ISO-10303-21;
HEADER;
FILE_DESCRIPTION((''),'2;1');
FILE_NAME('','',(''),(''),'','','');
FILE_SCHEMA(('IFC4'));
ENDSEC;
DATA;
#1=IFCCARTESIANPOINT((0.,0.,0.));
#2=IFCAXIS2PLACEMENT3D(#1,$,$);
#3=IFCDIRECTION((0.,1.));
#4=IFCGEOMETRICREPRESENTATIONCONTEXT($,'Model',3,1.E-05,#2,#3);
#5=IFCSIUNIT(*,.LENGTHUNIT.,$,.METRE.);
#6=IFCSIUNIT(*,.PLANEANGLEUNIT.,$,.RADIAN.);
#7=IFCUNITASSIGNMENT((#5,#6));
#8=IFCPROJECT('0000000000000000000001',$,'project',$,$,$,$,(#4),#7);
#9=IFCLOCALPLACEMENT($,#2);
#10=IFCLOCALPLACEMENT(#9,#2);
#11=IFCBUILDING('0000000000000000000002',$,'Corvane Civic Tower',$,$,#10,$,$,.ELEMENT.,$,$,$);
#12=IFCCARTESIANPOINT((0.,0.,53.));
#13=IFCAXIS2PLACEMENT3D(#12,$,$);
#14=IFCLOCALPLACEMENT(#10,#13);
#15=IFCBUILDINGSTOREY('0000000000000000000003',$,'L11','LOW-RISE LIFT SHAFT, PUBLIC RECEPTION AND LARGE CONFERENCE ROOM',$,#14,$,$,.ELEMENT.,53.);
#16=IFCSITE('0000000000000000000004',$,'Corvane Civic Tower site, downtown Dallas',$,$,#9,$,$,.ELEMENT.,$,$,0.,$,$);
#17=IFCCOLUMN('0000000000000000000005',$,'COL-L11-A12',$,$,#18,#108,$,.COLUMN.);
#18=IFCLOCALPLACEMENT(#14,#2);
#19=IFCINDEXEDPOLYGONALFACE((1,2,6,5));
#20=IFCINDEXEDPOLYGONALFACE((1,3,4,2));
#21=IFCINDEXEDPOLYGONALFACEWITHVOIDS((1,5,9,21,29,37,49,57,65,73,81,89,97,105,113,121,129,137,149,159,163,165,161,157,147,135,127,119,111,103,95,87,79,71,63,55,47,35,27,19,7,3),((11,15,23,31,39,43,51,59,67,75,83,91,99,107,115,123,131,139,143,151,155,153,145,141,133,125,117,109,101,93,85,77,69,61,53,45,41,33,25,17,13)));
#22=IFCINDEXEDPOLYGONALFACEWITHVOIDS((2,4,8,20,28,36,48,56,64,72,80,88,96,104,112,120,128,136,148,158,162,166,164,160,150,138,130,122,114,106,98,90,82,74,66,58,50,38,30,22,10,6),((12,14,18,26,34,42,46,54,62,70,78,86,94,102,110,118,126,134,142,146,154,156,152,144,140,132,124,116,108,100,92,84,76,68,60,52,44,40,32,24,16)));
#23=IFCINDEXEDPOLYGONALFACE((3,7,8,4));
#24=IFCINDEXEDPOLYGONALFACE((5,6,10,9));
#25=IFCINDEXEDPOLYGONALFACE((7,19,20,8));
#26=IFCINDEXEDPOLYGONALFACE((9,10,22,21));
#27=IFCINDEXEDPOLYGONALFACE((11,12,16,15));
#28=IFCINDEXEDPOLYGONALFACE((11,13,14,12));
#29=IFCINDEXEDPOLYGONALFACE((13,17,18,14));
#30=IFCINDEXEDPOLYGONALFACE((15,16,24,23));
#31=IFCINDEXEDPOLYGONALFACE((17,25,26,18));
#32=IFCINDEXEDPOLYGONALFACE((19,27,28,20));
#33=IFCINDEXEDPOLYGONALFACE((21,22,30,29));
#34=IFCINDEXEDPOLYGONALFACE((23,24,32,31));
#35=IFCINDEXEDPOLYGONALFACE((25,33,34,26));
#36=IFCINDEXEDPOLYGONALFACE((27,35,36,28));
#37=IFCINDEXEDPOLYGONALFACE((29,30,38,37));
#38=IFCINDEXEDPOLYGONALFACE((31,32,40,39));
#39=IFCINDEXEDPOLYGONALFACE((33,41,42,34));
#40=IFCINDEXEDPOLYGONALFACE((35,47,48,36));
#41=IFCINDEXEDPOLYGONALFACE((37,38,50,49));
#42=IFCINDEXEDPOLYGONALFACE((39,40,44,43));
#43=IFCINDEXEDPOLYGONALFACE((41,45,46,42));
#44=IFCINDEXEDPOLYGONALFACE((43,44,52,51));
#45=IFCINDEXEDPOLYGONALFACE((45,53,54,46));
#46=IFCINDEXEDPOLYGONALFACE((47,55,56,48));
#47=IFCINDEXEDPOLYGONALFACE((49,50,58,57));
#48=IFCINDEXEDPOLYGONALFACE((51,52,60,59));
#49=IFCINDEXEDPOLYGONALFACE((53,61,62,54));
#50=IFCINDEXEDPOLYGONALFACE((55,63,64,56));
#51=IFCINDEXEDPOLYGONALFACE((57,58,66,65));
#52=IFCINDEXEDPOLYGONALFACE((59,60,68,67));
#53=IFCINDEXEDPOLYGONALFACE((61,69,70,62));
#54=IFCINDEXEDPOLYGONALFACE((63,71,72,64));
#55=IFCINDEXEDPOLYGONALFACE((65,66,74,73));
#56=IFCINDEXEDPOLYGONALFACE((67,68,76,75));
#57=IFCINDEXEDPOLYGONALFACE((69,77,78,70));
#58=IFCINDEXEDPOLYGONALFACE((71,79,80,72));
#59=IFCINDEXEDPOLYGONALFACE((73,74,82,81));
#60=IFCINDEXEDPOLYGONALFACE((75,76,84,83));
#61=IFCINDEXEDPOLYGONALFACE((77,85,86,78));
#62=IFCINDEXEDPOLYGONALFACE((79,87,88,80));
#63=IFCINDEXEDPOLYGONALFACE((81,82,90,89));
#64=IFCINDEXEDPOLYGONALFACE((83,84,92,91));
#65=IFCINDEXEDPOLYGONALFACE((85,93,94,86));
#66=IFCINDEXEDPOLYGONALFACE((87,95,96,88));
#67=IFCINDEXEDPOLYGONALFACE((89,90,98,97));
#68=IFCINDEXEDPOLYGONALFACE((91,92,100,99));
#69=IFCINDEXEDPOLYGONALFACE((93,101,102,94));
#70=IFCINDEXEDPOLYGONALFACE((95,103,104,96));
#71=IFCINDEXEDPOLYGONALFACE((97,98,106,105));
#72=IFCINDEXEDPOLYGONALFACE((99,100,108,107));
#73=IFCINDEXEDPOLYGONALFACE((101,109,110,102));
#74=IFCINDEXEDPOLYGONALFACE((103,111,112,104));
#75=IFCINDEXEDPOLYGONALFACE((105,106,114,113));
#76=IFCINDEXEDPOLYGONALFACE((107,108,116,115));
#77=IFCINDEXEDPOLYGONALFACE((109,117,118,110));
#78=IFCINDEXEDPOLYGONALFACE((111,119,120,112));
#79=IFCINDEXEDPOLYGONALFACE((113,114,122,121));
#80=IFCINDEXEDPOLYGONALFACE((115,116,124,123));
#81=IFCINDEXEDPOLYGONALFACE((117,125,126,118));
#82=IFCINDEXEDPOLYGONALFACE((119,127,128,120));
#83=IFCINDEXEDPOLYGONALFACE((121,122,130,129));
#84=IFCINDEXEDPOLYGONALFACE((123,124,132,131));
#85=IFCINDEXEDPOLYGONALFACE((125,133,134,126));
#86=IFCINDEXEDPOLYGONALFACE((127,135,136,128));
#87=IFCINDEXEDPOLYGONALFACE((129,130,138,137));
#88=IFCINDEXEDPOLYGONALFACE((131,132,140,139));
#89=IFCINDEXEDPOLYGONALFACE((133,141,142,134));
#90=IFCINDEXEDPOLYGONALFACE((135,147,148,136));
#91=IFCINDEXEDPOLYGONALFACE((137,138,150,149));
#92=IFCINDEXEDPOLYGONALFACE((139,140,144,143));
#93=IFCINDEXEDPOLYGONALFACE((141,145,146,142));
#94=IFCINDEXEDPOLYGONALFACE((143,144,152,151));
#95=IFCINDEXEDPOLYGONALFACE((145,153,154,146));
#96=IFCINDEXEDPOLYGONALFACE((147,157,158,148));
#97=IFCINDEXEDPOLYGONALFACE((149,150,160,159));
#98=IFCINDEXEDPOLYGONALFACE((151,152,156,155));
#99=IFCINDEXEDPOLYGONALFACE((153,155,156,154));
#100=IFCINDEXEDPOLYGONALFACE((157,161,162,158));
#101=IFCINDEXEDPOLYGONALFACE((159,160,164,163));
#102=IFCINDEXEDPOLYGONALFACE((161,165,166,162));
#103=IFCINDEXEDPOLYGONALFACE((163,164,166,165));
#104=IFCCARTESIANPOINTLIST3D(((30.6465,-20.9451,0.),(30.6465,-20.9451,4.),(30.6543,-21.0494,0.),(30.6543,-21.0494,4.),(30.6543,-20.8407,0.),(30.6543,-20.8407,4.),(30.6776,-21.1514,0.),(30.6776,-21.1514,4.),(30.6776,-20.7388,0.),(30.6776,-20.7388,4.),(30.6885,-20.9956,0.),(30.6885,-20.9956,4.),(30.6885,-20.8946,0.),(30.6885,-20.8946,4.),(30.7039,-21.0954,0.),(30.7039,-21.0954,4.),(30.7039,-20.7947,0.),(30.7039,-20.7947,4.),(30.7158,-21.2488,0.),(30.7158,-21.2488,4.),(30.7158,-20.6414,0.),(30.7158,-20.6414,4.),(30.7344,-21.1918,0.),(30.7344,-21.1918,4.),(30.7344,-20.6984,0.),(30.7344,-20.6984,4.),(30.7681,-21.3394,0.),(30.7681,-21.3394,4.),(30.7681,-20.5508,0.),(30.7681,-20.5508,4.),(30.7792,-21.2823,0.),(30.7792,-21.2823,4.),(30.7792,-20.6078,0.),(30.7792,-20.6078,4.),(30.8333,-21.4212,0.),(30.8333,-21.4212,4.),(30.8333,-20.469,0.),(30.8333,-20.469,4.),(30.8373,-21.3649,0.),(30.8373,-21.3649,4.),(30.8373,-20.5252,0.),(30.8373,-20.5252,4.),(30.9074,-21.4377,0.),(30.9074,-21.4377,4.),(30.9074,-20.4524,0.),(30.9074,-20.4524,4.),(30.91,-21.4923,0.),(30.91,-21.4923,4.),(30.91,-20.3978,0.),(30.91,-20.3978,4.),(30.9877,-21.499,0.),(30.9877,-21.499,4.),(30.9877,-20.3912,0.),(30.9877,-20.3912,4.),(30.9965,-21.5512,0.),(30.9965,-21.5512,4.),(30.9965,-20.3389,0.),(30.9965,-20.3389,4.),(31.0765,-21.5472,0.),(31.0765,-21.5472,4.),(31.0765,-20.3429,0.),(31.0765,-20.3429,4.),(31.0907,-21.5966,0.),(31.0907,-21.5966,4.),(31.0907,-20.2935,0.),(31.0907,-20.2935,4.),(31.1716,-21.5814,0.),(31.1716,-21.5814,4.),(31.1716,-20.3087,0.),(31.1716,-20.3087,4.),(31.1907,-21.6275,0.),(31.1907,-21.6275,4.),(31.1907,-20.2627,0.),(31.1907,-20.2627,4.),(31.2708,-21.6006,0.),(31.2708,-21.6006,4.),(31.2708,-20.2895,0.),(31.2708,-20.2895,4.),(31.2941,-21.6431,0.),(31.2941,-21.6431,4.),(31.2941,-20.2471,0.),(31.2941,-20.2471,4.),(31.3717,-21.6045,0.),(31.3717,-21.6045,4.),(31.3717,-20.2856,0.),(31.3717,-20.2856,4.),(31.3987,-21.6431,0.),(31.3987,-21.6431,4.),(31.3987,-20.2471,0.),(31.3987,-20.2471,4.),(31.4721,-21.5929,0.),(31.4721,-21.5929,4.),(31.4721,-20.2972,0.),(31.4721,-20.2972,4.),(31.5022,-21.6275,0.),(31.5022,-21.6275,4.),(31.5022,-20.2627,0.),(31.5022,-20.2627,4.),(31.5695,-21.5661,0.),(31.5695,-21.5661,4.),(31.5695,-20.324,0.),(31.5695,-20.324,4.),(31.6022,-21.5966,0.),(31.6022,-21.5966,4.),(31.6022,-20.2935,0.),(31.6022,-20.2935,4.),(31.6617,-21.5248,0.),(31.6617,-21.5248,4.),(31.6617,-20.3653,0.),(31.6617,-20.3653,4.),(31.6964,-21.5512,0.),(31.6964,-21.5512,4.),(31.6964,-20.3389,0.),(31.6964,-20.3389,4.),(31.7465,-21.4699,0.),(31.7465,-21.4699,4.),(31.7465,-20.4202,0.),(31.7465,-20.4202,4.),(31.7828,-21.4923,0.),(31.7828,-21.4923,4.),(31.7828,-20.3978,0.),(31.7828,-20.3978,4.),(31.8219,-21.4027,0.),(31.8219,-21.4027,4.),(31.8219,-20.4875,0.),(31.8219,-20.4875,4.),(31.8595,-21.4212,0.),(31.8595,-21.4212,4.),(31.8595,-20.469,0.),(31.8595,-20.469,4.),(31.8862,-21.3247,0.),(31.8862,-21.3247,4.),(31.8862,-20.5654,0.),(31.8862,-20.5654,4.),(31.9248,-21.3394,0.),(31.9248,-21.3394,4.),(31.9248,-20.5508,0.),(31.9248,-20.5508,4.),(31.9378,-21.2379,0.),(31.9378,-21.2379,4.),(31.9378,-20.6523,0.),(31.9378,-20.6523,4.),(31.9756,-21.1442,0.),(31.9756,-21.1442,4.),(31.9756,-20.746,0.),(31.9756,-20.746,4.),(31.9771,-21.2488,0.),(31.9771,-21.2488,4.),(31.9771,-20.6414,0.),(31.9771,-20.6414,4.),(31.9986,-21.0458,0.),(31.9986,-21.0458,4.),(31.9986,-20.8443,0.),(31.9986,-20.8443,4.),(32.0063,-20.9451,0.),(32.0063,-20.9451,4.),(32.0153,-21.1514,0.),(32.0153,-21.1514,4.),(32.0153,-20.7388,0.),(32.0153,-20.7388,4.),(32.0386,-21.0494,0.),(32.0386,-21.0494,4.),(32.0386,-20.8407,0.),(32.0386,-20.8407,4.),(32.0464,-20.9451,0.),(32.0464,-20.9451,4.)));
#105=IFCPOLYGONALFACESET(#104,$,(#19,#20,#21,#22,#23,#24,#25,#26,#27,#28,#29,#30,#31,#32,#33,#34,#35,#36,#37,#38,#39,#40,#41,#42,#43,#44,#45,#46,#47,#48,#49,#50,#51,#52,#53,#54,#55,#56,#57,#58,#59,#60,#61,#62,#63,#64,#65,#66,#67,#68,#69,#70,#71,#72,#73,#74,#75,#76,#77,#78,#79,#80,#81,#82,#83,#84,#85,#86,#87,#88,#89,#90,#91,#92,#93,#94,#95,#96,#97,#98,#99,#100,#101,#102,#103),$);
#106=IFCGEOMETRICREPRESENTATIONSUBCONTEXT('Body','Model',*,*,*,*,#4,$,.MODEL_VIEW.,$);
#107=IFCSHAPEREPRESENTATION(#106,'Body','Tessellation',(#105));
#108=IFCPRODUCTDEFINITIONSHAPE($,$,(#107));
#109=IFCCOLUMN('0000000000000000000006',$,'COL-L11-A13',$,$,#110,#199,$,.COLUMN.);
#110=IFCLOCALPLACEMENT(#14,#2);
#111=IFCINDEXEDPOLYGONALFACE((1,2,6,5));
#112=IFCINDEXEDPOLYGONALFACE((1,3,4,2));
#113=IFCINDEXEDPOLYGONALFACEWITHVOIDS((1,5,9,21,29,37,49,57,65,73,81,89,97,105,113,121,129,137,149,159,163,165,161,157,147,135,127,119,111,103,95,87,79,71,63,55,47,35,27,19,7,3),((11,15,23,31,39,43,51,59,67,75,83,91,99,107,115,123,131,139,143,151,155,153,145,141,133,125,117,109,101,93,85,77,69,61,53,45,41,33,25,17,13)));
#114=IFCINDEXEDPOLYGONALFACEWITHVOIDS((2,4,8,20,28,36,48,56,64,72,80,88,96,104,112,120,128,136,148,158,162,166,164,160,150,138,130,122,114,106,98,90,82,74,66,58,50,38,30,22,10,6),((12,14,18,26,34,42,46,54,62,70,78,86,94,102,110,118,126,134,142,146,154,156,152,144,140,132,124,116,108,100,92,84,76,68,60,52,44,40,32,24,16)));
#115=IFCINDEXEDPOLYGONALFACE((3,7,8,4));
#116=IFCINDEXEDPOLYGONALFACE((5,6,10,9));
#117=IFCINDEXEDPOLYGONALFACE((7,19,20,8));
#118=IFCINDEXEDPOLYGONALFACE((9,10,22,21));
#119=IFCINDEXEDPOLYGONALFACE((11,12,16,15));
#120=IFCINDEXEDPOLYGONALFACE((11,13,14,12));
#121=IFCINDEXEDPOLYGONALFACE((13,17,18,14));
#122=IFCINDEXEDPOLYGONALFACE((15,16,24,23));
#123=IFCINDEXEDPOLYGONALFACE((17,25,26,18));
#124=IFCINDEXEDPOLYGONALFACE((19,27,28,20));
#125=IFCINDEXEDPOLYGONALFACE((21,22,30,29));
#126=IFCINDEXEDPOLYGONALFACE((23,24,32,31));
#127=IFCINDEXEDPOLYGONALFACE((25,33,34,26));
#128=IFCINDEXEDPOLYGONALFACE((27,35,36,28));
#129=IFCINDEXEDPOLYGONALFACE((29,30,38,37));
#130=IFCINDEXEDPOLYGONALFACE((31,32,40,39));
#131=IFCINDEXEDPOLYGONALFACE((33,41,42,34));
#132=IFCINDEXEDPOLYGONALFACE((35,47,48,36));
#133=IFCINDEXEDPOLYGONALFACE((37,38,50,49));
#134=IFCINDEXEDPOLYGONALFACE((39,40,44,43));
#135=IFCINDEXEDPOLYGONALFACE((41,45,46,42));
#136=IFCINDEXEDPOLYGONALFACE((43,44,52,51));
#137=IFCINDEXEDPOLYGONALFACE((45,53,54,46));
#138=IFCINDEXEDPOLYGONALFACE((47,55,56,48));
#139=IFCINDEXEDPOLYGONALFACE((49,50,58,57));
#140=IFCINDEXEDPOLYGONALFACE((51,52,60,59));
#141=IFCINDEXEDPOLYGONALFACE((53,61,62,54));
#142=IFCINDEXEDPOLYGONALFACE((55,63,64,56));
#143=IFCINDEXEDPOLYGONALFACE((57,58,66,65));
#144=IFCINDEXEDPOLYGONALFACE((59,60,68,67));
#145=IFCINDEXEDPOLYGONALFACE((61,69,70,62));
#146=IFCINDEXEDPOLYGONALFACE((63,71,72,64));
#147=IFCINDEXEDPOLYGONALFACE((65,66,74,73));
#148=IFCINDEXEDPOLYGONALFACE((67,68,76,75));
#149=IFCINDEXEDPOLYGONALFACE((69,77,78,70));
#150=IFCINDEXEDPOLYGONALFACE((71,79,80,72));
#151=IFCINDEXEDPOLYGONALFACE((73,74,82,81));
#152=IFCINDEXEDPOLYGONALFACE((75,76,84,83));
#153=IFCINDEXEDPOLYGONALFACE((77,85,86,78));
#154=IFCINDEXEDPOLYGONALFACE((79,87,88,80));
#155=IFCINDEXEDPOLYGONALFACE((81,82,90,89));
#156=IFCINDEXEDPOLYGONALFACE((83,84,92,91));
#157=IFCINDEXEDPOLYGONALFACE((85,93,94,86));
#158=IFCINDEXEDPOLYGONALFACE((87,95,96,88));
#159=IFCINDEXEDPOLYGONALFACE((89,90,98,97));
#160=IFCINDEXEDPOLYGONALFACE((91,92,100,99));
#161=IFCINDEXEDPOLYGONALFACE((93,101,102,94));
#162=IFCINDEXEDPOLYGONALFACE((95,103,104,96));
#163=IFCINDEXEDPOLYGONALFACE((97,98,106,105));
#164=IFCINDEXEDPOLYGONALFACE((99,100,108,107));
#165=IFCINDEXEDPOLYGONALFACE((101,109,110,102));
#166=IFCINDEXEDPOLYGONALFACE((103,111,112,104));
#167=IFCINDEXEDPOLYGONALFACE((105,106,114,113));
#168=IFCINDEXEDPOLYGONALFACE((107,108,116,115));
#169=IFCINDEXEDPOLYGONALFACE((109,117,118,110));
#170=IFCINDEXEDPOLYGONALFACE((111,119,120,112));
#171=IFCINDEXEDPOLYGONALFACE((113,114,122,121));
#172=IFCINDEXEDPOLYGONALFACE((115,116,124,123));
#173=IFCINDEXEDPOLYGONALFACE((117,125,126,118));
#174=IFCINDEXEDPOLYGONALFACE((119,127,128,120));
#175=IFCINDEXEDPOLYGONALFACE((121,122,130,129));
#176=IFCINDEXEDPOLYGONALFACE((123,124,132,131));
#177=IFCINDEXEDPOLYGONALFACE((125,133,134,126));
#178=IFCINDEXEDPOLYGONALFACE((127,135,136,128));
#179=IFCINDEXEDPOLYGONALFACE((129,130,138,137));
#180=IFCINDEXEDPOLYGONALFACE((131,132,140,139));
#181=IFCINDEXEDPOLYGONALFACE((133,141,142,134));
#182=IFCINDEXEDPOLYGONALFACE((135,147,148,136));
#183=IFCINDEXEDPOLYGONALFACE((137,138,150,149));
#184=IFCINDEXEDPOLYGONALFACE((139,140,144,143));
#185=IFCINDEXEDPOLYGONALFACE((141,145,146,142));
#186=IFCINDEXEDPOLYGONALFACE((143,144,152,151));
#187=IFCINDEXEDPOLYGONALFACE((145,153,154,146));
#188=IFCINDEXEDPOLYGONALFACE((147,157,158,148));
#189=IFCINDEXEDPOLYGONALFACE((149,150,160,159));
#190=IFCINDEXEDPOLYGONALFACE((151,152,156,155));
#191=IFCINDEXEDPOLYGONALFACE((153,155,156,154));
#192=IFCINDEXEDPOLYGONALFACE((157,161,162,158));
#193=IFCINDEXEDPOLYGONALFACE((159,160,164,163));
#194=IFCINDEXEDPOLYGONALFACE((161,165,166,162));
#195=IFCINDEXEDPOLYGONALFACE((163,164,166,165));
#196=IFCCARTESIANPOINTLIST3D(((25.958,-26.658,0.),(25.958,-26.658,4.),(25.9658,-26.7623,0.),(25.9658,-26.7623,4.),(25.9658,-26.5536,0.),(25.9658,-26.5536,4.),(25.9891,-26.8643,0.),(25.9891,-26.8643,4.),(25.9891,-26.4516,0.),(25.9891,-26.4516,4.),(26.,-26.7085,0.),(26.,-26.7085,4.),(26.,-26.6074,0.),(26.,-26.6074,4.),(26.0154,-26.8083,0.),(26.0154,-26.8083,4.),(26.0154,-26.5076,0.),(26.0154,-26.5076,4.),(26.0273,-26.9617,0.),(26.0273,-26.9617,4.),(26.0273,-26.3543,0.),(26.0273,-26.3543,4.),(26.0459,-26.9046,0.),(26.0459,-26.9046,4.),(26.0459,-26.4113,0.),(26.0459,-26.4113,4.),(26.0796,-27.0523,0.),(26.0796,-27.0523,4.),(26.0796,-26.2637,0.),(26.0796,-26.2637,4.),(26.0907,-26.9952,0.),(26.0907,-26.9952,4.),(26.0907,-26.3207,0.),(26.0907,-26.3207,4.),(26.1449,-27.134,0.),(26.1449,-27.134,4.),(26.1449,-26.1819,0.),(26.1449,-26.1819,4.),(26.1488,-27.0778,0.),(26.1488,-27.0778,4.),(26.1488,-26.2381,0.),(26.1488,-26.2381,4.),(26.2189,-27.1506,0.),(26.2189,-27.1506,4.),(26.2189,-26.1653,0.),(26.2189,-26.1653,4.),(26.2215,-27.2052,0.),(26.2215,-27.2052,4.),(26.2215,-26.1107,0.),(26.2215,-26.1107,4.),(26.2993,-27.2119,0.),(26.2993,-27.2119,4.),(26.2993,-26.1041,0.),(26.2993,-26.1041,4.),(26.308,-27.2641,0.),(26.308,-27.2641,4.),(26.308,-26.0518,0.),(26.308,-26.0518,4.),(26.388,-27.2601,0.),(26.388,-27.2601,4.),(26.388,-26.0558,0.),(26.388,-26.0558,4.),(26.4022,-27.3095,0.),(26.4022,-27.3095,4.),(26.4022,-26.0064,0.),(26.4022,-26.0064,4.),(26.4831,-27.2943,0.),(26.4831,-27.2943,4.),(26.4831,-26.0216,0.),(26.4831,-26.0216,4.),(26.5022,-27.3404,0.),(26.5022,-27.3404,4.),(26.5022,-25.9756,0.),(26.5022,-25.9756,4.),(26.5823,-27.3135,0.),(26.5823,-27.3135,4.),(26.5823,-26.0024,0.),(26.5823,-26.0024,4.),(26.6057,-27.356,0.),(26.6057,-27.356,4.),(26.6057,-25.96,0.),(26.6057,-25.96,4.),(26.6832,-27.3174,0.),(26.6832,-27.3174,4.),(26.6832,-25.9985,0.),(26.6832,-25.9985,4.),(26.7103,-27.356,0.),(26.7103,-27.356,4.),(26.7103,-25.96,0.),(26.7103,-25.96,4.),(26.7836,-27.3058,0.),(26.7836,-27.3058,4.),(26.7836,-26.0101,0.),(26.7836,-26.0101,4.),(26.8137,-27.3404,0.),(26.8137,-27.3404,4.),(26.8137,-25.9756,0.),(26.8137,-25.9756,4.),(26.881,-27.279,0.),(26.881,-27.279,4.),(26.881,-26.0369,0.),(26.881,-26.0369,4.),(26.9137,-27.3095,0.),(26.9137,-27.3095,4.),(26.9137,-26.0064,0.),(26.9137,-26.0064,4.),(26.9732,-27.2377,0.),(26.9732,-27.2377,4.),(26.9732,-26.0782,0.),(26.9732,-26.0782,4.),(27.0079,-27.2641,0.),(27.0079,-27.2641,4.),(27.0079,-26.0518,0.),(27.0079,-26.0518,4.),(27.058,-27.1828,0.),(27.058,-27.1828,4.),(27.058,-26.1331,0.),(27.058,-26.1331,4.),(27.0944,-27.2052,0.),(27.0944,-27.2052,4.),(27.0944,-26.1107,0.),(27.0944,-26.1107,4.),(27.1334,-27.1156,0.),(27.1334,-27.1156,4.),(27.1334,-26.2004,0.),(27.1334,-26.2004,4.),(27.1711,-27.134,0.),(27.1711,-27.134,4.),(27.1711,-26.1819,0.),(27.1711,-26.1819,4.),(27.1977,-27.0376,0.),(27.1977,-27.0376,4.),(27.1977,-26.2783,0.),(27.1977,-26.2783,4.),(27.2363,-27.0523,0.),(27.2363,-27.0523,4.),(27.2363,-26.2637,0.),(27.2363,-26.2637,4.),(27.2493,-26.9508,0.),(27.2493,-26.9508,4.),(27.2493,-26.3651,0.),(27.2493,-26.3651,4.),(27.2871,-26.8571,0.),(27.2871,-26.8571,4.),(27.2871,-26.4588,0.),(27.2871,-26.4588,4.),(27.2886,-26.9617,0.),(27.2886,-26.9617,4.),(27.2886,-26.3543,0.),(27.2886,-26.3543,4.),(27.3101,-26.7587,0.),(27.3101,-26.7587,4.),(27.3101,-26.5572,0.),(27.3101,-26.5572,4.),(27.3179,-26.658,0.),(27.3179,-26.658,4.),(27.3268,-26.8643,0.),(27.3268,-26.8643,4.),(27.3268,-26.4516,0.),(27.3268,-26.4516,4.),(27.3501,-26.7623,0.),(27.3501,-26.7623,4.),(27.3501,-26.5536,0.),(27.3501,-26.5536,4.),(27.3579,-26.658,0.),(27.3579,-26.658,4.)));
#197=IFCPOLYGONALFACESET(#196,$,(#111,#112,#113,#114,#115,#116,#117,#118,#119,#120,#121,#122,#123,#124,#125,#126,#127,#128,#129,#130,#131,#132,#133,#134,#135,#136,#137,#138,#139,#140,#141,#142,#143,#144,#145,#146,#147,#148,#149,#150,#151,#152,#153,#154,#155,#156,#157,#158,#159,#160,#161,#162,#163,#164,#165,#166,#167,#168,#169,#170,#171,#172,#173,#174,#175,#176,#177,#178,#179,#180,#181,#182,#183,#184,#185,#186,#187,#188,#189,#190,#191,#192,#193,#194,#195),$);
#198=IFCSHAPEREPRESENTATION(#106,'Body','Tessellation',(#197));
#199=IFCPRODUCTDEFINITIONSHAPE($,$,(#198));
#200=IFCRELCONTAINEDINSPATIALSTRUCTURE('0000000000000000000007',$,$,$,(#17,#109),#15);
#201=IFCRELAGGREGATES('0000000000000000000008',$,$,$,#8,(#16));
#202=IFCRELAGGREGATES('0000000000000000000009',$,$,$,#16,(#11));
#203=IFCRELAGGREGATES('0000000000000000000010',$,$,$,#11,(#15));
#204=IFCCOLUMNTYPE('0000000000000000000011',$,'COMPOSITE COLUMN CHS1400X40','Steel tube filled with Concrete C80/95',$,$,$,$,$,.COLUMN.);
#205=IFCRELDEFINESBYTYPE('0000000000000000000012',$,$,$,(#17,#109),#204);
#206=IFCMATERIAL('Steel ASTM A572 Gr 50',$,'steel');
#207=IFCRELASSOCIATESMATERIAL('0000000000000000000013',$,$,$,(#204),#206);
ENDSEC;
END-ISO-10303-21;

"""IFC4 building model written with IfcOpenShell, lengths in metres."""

from ifc_helpers import new_model, si_unit, direction, frame, origin, origin_2d, place, context, subcontext, project, spatial, hollow_circle, extrude, material, material_profile, profile_set, type_object, element, save


model = new_model("IFC4")

# Units and contexts
model_context = context("Model", 3, precision=1e-05, world=origin(), true_north=direction((0.0, 1.0)))
body_context = subcontext(model_context, "Body", "Model", "MODEL_VIEW")
ifc_project = project(units=[si_unit("LENGTHUNIT", "METRE"), si_unit("PLANEANGLEUNIT", "RADIAN")], contexts=[model_context])

# Site, building, storey
site_placement = place(None, origin())
site = spatial("IfcSite", under=ifc_project, at=site_placement, Name="Corvane Civic Tower site, downtown Dallas", CompositionType="ELEMENT", RefElevation=0.0)
building_placement = place(site_placement, origin())
building = spatial("IfcBuilding", under=site, at=building_placement, Name="Corvane Civic Tower", CompositionType="ELEMENT")
storey_placement = place(building_placement, frame((0.0, 0.0, 53.0)))
storey = spatial("IfcBuildingStorey", under=building, at=storey_placement, Name="L11", Description="LOW-RISE LIFT SHAFT, PUBLIC RECEPTION AND LARGE CONFERENCE ROOM", CompositionType="ELEMENT", Elevation=53.0)

# Columns
ifc_material_1 = material(Name="Steel ASTM A572 Gr 50", Category="steel")
ifc_material_profile_1 = material_profile(ifc_material_1, hollow_circle(Radius=0.7, WallThickness=0.04, at=origin_2d()), Name="CHS1400X40")
ifc_profile_set_1 = profile_set([ifc_material_profile_1], Name="Steel ASTM A572 Gr 50")
column_type = type_object("IfcColumnType", Name="COMPOSITE COLUMN CHS1400X40", Description="Steel tube filled with Concrete C80/95", PredefinedType="COLUMN", material=ifc_profile_set_1)
for number, where, z_axis, x_axis, name in (
    (1, (31.3464, -20.9451, 0.0), (0.0, 0.0, 1.0), (1.0, 0.0, 0.0), "COL-L11-A12"),
    (2, (26.658, -26.658, 0.0), (0.0, 0.0, 1.0), (1.0, 0.0, 0.0), "COL-L11-A13"),
):
    element("IfcColumn", number, at=place(storey_placement, frame(where, z_axis=z_axis, x_axis=x_axis)), inside=storey, type_object=column_type, Name=name, PredefinedType="COLUMN", context=body_context, shape_type="SweptSolid", body=[
        extrude(hollow_circle(Radius=0.7, WallThickness=0.04, at=origin_2d()), origin(), (0.0, 0.0, 1.0), 4.0),
    ])

save(model, "model.ifc")
